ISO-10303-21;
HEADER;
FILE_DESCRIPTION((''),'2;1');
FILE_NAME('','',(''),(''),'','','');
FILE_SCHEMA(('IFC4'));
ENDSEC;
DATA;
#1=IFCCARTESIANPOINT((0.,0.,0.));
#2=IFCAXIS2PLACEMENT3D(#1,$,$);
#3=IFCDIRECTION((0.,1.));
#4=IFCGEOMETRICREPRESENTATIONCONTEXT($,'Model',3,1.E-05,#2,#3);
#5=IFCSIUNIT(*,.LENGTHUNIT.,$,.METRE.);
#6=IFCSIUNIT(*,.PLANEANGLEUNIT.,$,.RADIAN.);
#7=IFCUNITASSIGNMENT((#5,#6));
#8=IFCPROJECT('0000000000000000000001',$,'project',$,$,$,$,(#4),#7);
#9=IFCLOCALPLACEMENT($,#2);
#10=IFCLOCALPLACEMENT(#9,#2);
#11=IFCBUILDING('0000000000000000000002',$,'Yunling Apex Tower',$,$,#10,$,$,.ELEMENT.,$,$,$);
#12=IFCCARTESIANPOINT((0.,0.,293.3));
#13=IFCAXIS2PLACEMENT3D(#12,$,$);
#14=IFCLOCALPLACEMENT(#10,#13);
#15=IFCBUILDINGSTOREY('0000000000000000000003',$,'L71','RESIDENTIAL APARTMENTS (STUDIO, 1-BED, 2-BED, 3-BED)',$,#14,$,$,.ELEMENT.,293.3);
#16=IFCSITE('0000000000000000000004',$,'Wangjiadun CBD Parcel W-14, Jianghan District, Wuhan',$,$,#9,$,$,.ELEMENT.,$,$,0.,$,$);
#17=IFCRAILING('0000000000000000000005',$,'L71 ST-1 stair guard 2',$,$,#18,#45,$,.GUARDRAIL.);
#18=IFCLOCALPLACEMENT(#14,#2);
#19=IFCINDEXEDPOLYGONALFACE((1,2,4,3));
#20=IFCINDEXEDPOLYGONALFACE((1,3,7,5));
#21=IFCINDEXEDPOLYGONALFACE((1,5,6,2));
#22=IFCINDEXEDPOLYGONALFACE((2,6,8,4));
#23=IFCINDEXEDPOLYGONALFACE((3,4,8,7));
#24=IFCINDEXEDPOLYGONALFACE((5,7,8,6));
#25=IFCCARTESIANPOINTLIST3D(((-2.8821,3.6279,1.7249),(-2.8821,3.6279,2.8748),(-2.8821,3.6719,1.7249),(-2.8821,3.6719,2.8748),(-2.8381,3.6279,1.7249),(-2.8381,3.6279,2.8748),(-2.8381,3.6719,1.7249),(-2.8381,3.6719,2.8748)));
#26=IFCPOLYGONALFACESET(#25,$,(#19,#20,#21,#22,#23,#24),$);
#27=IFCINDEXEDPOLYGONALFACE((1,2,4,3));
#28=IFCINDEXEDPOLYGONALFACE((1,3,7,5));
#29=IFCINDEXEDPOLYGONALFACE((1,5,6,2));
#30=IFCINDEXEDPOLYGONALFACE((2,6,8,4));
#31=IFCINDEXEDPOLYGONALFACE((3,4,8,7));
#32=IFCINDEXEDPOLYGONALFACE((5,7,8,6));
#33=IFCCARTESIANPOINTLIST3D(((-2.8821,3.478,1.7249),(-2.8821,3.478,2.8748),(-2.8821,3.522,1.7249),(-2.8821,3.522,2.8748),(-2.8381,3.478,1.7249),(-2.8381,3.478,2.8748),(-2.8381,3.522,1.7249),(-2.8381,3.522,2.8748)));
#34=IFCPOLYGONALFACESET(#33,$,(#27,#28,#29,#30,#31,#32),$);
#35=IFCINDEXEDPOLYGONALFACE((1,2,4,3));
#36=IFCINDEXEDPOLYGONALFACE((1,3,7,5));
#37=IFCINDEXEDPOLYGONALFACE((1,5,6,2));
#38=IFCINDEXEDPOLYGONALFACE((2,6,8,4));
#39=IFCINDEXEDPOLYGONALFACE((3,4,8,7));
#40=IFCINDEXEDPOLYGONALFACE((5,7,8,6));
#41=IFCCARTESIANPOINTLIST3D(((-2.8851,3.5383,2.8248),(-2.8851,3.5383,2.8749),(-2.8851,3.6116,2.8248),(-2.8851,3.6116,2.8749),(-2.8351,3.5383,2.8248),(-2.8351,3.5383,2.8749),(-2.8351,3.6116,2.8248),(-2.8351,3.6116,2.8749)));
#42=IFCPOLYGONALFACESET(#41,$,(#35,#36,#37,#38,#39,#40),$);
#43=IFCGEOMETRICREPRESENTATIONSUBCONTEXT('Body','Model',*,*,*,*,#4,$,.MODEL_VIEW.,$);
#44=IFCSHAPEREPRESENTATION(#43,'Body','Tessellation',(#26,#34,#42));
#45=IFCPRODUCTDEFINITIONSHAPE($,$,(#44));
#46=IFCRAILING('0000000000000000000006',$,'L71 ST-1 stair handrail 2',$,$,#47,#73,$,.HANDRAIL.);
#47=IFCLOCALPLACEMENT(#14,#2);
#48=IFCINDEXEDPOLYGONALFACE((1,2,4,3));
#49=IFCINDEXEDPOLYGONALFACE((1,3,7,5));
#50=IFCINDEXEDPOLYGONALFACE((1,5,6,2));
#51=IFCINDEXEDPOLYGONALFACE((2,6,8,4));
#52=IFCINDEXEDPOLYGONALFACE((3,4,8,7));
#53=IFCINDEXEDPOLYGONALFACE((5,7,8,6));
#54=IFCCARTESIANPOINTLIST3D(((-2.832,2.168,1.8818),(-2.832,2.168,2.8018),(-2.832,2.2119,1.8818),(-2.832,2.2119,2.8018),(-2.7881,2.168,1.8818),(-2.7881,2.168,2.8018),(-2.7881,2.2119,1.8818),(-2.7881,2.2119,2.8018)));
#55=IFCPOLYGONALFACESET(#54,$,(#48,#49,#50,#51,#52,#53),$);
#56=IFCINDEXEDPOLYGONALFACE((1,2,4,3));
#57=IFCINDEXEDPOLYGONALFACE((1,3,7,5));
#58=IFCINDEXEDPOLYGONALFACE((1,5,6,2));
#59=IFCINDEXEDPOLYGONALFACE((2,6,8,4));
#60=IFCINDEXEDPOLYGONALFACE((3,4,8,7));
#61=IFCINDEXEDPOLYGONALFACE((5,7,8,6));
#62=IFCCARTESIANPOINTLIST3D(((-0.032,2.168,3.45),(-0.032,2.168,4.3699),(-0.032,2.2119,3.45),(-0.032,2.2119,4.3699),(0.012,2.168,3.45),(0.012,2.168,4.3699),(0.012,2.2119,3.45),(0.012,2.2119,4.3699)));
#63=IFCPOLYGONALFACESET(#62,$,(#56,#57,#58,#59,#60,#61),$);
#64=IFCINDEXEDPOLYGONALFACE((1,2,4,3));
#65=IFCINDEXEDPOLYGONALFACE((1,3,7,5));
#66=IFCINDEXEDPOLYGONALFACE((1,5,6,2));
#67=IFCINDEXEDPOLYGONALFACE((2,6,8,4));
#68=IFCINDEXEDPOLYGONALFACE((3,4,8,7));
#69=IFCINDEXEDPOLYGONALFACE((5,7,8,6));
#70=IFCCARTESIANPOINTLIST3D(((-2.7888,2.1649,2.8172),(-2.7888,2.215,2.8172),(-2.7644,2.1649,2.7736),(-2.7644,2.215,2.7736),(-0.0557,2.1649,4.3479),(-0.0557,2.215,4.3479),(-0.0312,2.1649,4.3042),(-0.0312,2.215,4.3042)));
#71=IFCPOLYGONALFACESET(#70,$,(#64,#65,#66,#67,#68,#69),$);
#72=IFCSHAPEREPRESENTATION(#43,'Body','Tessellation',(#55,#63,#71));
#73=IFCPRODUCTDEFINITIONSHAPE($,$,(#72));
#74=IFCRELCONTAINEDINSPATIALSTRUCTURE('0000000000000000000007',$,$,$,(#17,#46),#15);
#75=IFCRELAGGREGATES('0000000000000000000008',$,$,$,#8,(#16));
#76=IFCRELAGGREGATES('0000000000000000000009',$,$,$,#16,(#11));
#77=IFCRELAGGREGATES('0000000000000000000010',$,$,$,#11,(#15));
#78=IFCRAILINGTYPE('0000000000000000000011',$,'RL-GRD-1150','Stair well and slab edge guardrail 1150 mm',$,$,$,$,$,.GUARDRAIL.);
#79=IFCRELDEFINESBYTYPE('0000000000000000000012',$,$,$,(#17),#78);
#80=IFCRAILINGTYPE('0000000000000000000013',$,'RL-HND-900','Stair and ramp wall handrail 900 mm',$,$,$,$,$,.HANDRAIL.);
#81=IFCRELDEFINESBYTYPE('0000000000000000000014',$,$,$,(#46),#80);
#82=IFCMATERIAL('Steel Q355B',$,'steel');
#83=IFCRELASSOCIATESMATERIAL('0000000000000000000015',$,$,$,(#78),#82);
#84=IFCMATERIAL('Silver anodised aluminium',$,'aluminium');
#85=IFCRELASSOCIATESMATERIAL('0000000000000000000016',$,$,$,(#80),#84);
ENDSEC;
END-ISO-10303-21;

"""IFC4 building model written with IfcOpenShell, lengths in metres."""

from ifc_helpers import new_model, si_unit, direction, frame, origin, origin_2d, place, context, subcontext, project, spatial, rectangle, extrude, material, type_object, element, save


model = new_model("IFC4")

# Units and contexts
model_context = context("Model", 3, precision=1e-05, world=origin(), true_north=direction((0.0, 1.0)))
body_context = subcontext(model_context, "Body", "Model", "MODEL_VIEW")
ifc_project = project(units=[si_unit("LENGTHUNIT", "METRE"), si_unit("PLANEANGLEUNIT", "RADIAN")], contexts=[model_context])

# Site, building, storey
site_placement = place(None, origin())
site = spatial("IfcSite", under=ifc_project, at=site_placement, Name="Wangjiadun CBD Parcel W-14, Jianghan District, Wuhan", CompositionType="ELEMENT", RefElevation=0.0)
building_placement = place(site_placement, origin())
building = spatial("IfcBuilding", under=site, at=building_placement, Name="Yunling Apex Tower", CompositionType="ELEMENT")
storey_placement = place(building_placement, frame((0.0, 0.0, 293.3)))
storey = spatial("IfcBuildingStorey", under=building, at=storey_placement, Name="L71", Description="RESIDENTIAL APARTMENTS (STUDIO, 1-BED, 2-BED, 3-BED)", CompositionType="ELEMENT", Elevation=293.3)

# Shared definitions
ifc_material_1 = material(Name="Steel Q355B", Category="steel")

# Shared definitions
ifc_material_2 = material(Name="Silver anodised aluminium", Category="aluminium")

# Railings
railing_type_1 = type_object("IfcRailingType", Name="RL-GRD-1150", Description="Stair well and slab edge guardrail 1150 mm", PredefinedType="GUARDRAIL", material=ifc_material_1)
railing_1_placement = place(storey_placement, frame((-2.8601, 3.6499, 1.7249)))
element("IfcRailing", 1, at=railing_1_placement, inside=storey, type_object=railing_type_1, Name="L71 ST-1 stair guard 2", PredefinedType="GUARDRAIL", context=body_context, shape_type="SweptSolid", body=[
    extrude(rectangle(XDim=0.0439, YDim=0.0439, at=origin_2d()), origin(), (0.0, 0.0, 1.0), 1.1499),
    extrude(rectangle(XDim=0.0439, YDim=0.0439, at=origin_2d()), frame((0.0, -0.1499, 0.0)), (0.0, 0.0, 1.0), 1.1499),
    extrude(rectangle(XDim=0.05, YDim=0.05, at=origin_2d()), frame((0.0, -0.0383, 1.125), z_axis=(0.0, -1.0, 0.0), x_axis=(1.0, 0.0, 0.0)), (0.0, 0.0, 1.0), 0.0732),
])
railing_type_2 = type_object("IfcRailingType", Name="RL-HND-900", Description="Stair and ramp wall handrail 900 mm", PredefinedType="HANDRAIL", material=ifc_material_2)
railing_2_placement = place(storey_placement, frame((-2.8101, 2.1899, 1.8818)))
element("IfcRailing", 2, at=railing_2_placement, inside=storey, type_object=railing_type_2, Name="L71 ST-1 stair handrail 2", PredefinedType="HANDRAIL", context=body_context, shape_type="SweptSolid", body=[
    extrude(rectangle(XDim=0.0439, YDim=0.0439, at=origin_2d()), origin(), (0.0, 0.0, 1.0), 0.9199),
    extrude(rectangle(XDim=0.0439, YDim=0.0439, at=origin_2d()), frame((2.8, 0.0, 1.5681)), (0.0, 0.0, 1.0), 0.9199),
    extrude(rectangle(XDim=0.05, YDim=0.05, at=origin_2d()), frame((0.0334, 0.0, 0.9136), z_axis=(0.872494, 0.0, 0.488624), x_axis=(0.0, 1.0, 0.0)), (0.0, 0.0, 1.0), 3.1326),
])

save(model, "model.ifc")
